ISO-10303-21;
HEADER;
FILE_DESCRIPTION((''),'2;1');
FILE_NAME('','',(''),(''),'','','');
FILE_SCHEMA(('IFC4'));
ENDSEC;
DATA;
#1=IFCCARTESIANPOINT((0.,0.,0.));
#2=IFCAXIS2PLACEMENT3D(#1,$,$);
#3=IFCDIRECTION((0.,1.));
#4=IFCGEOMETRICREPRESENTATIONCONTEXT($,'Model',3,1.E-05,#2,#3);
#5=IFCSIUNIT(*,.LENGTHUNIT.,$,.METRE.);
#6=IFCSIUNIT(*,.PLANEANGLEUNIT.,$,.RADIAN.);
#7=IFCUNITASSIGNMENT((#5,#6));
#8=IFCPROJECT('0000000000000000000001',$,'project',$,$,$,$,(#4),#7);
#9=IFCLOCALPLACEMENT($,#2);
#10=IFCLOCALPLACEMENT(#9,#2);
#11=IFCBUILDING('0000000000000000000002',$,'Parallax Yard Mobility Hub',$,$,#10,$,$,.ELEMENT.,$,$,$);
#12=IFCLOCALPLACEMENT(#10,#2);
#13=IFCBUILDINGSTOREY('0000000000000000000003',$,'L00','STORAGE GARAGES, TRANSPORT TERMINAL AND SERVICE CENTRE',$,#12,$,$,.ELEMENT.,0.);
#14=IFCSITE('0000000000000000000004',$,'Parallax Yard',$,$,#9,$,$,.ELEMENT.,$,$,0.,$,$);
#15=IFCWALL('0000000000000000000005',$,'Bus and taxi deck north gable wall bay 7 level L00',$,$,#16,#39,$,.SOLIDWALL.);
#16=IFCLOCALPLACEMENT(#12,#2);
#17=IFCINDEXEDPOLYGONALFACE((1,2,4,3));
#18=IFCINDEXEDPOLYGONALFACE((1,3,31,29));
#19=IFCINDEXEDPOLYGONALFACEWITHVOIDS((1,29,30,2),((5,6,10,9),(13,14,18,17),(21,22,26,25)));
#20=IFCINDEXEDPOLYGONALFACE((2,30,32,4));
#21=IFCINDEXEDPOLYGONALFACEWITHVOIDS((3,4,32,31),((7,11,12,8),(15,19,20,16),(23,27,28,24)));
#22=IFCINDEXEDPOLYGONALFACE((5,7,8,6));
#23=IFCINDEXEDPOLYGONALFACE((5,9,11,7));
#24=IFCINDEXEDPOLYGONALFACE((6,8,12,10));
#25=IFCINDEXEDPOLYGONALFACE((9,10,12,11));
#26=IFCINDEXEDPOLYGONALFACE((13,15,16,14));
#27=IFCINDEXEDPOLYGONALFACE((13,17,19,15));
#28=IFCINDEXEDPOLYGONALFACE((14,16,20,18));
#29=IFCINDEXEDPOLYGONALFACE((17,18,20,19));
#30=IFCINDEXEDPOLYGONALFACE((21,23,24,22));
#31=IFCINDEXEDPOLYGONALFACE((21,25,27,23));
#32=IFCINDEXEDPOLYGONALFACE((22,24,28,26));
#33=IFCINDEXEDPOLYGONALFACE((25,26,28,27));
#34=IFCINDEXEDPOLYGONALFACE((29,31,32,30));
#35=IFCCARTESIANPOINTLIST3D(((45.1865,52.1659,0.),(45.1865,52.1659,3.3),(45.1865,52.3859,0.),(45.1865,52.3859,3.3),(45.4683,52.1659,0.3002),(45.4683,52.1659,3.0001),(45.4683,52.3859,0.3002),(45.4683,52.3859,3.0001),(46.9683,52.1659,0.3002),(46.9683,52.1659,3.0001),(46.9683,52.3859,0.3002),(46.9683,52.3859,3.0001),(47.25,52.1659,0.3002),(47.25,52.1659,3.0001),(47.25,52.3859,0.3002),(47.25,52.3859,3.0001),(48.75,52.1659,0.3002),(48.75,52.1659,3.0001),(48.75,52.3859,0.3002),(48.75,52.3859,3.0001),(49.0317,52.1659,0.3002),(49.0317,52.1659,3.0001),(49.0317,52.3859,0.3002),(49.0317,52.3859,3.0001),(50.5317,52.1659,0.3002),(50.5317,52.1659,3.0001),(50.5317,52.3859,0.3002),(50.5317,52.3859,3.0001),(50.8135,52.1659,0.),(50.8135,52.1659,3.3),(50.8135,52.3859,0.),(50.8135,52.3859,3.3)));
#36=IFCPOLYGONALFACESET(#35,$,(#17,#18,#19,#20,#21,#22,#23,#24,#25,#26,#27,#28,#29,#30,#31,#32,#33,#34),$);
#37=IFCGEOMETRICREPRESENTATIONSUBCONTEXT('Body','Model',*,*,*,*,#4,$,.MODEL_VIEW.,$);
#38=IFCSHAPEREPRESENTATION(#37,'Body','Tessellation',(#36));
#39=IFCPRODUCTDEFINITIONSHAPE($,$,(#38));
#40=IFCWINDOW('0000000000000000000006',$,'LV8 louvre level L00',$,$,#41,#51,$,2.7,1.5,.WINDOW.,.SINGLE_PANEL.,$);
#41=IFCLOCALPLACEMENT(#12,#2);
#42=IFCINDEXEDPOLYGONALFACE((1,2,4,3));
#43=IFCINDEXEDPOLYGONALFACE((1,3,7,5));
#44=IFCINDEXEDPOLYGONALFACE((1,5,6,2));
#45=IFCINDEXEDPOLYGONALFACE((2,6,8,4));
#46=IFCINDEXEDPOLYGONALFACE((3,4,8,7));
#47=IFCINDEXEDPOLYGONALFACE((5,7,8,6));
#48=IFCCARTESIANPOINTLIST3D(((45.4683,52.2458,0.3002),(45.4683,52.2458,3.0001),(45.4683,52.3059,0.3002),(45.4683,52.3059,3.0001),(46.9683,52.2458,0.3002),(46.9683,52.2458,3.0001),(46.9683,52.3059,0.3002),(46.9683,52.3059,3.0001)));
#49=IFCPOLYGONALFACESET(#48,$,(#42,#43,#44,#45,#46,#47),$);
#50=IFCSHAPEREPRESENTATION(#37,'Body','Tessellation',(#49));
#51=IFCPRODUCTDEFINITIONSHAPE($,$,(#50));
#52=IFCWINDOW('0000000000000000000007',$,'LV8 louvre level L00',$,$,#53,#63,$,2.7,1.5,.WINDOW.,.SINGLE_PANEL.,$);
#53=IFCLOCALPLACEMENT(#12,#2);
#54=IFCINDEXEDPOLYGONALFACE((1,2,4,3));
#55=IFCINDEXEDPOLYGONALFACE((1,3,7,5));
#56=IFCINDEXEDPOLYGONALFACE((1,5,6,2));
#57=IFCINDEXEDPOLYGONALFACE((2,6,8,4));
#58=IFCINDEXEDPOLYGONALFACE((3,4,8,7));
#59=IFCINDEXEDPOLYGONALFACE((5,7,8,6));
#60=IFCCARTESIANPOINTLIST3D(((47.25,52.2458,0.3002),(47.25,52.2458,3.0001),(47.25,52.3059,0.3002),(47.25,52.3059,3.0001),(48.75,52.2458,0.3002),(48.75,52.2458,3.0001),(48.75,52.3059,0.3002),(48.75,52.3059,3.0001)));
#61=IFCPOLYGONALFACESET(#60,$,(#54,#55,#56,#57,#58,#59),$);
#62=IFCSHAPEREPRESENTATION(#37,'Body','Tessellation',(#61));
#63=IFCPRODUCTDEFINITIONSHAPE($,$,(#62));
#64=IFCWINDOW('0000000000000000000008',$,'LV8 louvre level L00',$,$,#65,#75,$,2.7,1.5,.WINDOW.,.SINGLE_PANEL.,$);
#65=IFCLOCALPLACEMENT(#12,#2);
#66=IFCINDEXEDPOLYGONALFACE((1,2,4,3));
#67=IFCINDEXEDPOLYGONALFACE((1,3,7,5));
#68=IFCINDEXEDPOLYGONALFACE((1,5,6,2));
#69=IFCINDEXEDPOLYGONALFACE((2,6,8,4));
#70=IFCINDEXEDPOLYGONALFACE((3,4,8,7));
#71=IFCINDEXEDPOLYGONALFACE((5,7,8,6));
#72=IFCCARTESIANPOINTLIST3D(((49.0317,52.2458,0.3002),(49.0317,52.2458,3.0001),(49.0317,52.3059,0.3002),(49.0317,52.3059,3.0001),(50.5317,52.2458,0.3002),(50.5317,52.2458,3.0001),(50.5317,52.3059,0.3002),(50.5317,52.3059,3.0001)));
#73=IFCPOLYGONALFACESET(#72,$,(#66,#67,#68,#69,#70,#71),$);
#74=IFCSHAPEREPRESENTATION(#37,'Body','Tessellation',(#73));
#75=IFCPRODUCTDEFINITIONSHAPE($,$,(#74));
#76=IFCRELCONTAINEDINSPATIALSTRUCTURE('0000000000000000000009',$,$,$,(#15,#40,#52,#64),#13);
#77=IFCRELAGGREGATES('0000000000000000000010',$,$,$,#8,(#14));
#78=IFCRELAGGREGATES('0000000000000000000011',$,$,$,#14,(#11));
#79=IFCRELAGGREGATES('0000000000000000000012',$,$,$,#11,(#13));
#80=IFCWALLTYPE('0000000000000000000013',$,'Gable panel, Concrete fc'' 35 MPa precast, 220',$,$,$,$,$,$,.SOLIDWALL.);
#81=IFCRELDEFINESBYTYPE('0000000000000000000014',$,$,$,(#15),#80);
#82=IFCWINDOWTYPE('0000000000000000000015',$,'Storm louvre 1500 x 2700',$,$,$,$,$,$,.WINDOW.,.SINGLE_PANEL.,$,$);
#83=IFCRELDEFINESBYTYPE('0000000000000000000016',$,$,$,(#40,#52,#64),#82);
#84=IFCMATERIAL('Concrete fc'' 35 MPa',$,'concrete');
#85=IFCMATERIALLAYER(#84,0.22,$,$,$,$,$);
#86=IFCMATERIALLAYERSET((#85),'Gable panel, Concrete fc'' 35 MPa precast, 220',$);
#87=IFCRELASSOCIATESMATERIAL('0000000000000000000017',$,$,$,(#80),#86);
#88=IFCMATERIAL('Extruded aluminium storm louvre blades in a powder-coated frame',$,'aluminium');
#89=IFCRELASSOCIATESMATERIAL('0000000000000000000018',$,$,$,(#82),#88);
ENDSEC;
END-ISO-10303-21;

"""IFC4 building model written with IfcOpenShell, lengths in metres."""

from ifc_helpers import new_model, si_unit, direction, frame, frame_2d, origin, place, context, subcontext, project, spatial, rectangle, extrude, material, layer, layer_set, type_object, element, fill, save


model = new_model("IFC4")

# Units and contexts
model_context = context("Model", 3, precision=1e-05, world=origin(), true_north=direction((0.0, 1.0)))
body_context = subcontext(model_context, "Body", "Model", "MODEL_VIEW")
ifc_project = project(units=[si_unit("LENGTHUNIT", "METRE"), si_unit("PLANEANGLEUNIT", "RADIAN")], contexts=[model_context])

# Site, building, storey
site_placement = place(None, origin())
site = spatial("IfcSite", under=ifc_project, at=site_placement, Name="Parallax Yard", CompositionType="ELEMENT", RefElevation=0.0)
building_placement = place(site_placement, origin())
building = spatial("IfcBuilding", under=site, at=building_placement, Name="Parallax Yard Mobility Hub", CompositionType="ELEMENT")
storey_placement = place(building_placement, origin())
storey = spatial("IfcBuildingStorey", under=building, at=storey_placement, Name="L00", Description="STORAGE GARAGES, TRANSPORT TERMINAL AND SERVICE CENTRE", CompositionType="ELEMENT", Elevation=0.0)

# Wall, openings, windows
ifc_material_1 = material(Name="Concrete fc' 35 MPa", Category="concrete")
ifc_layer = layer(ifc_material_1, 0.22)
ifc_layer_set = layer_set([ifc_layer], Name="Gable panel, Concrete fc' 35 MPa precast, 220")
wall_type = type_object("IfcWallType", Name="Gable panel, Concrete fc' 35 MPa precast, 220", PredefinedType="SOLIDWALL", material=ifc_layer_set)
ifc_material_2 = material(Name="Extruded aluminium storm louvre blades in a powder-coated frame", Category="aluminium")
window_type = type_object("IfcWindowType", Name="Storm louvre 1500 x 2700", PartitioningType="SINGLE_PANEL", PredefinedType="WINDOW", material=ifc_material_2)
wall_1_placement = place(storey_placement, frame((45.1865, 52.2759, 0.0), z_axis=(0.0, 0.0, 1.0), x_axis=(1.0, 0.0, 0.0)))
wall_1 = element("IfcWall", 1, at=wall_1_placement, inside=storey, type_object=wall_type, Name="Bus and taxi deck north gable wall bay 7 level L00", PredefinedType="SOLIDWALL", context=body_context, shape_type="SweptSolid", body=[
    extrude(rectangle(XDim=5.627, YDim=0.22, at=frame_2d((2.8135, 0.0))), origin(), (0.0, 0.0, 1.0), 3.3),
])
opening_1_placement = place(wall_1_placement, frame((0.2817, 0.0, 0.3)))
opening_1 = element("IfcOpeningElement", 2, at=opening_1_placement, cuts=wall_1, PredefinedType="OPENING", context=body_context, shape_type="SweptSolid", body=[
    extrude(rectangle(XDim=1.5, YDim=2.7, at=frame_2d((0.75, 1.3501))), frame((0.0, 0.1201, 0.0), z_axis=(0.0, -1.0, 0.0), x_axis=(1.0, 0.0, 0.0)), (0.0, 0.0, 1.0), 0.24),
])
opening_2_placement = place(wall_1_placement, frame((2.0635, 0.0, 0.3)))
opening_2 = element("IfcOpeningElement", 3, at=opening_2_placement, cuts=wall_1, PredefinedType="OPENING", context=body_context, shape_type="SweptSolid", body=[
    extrude(rectangle(XDim=1.5, YDim=2.7, at=frame_2d((0.75, 1.3501))), frame((0.0, 0.1201, 0.0), z_axis=(0.0, -1.0, 0.0), x_axis=(1.0, 0.0, 0.0)), (0.0, 0.0, 1.0), 0.24),
])
opening_3_placement = place(wall_1_placement, frame((3.8452, 0.0, 0.3)))
opening_3 = element("IfcOpeningElement", 4, at=opening_3_placement, cuts=wall_1, PredefinedType="OPENING", context=body_context, shape_type="SweptSolid", body=[
    extrude(rectangle(XDim=1.5, YDim=2.7, at=frame_2d((0.75, 1.3501))), frame((0.0, 0.1201, 0.0), z_axis=(0.0, -1.0, 0.0), x_axis=(1.0, 0.0, 0.0)), (0.0, 0.0, 1.0), 0.24),
])
window_1_placement = place(opening_1_placement, origin())
window_1 = element("IfcWindow", 5, at=window_1_placement, inside=storey, type_object=window_type, Name="LV8 louvre level L00", OverallHeight=2.7, OverallWidth=1.5, PartitioningType="SINGLE_PANEL", PredefinedType="WINDOW", context=body_context, shape_type="SweptSolid", body=[
    extrude(rectangle(XDim=1.5, YDim=2.7, at=frame_2d((0.75, 1.3501))), frame((0.0, 0.03, 0.0), z_axis=(0.0, -1.0, 0.0), x_axis=(1.0, 0.0, 0.0)), (0.0, 0.0, 1.0), 0.0601),
])
fill(opening_1, window_1)
window_2_placement = place(opening_2_placement, origin())
window_2 = element("IfcWindow", 6, at=window_2_placement, inside=storey, type_object=window_type, Name="LV8 louvre level L00", OverallHeight=2.7, OverallWidth=1.5, PartitioningType="SINGLE_PANEL", PredefinedType="WINDOW", context=body_context, shape_type="SweptSolid", body=[
    extrude(rectangle(XDim=1.5, YDim=2.7, at=frame_2d((0.75, 1.3501))), frame((0.0, 0.03, 0.0), z_axis=(0.0, -1.0, 0.0), x_axis=(1.0, 0.0, 0.0)), (0.0, 0.0, 1.0), 0.0601),
])
fill(opening_2, window_2)
window_3_placement = place(opening_3_placement, origin())
window_3 = element("IfcWindow", 7, at=window_3_placement, inside=storey, type_object=window_type, Name="LV8 louvre level L00", OverallHeight=2.7, OverallWidth=1.5, PartitioningType="SINGLE_PANEL", PredefinedType="WINDOW", context=body_context, shape_type="SweptSolid", body=[
    extrude(rectangle(XDim=1.5, YDim=2.7, at=frame_2d((0.75, 1.3501))), frame((0.0, 0.03, 0.0), z_axis=(0.0, -1.0, 0.0), x_axis=(1.0, 0.0, 0.0)), (0.0, 0.0, 1.0), 0.0601),
])
fill(opening_3, window_3)

save(model, "model.ifc")
